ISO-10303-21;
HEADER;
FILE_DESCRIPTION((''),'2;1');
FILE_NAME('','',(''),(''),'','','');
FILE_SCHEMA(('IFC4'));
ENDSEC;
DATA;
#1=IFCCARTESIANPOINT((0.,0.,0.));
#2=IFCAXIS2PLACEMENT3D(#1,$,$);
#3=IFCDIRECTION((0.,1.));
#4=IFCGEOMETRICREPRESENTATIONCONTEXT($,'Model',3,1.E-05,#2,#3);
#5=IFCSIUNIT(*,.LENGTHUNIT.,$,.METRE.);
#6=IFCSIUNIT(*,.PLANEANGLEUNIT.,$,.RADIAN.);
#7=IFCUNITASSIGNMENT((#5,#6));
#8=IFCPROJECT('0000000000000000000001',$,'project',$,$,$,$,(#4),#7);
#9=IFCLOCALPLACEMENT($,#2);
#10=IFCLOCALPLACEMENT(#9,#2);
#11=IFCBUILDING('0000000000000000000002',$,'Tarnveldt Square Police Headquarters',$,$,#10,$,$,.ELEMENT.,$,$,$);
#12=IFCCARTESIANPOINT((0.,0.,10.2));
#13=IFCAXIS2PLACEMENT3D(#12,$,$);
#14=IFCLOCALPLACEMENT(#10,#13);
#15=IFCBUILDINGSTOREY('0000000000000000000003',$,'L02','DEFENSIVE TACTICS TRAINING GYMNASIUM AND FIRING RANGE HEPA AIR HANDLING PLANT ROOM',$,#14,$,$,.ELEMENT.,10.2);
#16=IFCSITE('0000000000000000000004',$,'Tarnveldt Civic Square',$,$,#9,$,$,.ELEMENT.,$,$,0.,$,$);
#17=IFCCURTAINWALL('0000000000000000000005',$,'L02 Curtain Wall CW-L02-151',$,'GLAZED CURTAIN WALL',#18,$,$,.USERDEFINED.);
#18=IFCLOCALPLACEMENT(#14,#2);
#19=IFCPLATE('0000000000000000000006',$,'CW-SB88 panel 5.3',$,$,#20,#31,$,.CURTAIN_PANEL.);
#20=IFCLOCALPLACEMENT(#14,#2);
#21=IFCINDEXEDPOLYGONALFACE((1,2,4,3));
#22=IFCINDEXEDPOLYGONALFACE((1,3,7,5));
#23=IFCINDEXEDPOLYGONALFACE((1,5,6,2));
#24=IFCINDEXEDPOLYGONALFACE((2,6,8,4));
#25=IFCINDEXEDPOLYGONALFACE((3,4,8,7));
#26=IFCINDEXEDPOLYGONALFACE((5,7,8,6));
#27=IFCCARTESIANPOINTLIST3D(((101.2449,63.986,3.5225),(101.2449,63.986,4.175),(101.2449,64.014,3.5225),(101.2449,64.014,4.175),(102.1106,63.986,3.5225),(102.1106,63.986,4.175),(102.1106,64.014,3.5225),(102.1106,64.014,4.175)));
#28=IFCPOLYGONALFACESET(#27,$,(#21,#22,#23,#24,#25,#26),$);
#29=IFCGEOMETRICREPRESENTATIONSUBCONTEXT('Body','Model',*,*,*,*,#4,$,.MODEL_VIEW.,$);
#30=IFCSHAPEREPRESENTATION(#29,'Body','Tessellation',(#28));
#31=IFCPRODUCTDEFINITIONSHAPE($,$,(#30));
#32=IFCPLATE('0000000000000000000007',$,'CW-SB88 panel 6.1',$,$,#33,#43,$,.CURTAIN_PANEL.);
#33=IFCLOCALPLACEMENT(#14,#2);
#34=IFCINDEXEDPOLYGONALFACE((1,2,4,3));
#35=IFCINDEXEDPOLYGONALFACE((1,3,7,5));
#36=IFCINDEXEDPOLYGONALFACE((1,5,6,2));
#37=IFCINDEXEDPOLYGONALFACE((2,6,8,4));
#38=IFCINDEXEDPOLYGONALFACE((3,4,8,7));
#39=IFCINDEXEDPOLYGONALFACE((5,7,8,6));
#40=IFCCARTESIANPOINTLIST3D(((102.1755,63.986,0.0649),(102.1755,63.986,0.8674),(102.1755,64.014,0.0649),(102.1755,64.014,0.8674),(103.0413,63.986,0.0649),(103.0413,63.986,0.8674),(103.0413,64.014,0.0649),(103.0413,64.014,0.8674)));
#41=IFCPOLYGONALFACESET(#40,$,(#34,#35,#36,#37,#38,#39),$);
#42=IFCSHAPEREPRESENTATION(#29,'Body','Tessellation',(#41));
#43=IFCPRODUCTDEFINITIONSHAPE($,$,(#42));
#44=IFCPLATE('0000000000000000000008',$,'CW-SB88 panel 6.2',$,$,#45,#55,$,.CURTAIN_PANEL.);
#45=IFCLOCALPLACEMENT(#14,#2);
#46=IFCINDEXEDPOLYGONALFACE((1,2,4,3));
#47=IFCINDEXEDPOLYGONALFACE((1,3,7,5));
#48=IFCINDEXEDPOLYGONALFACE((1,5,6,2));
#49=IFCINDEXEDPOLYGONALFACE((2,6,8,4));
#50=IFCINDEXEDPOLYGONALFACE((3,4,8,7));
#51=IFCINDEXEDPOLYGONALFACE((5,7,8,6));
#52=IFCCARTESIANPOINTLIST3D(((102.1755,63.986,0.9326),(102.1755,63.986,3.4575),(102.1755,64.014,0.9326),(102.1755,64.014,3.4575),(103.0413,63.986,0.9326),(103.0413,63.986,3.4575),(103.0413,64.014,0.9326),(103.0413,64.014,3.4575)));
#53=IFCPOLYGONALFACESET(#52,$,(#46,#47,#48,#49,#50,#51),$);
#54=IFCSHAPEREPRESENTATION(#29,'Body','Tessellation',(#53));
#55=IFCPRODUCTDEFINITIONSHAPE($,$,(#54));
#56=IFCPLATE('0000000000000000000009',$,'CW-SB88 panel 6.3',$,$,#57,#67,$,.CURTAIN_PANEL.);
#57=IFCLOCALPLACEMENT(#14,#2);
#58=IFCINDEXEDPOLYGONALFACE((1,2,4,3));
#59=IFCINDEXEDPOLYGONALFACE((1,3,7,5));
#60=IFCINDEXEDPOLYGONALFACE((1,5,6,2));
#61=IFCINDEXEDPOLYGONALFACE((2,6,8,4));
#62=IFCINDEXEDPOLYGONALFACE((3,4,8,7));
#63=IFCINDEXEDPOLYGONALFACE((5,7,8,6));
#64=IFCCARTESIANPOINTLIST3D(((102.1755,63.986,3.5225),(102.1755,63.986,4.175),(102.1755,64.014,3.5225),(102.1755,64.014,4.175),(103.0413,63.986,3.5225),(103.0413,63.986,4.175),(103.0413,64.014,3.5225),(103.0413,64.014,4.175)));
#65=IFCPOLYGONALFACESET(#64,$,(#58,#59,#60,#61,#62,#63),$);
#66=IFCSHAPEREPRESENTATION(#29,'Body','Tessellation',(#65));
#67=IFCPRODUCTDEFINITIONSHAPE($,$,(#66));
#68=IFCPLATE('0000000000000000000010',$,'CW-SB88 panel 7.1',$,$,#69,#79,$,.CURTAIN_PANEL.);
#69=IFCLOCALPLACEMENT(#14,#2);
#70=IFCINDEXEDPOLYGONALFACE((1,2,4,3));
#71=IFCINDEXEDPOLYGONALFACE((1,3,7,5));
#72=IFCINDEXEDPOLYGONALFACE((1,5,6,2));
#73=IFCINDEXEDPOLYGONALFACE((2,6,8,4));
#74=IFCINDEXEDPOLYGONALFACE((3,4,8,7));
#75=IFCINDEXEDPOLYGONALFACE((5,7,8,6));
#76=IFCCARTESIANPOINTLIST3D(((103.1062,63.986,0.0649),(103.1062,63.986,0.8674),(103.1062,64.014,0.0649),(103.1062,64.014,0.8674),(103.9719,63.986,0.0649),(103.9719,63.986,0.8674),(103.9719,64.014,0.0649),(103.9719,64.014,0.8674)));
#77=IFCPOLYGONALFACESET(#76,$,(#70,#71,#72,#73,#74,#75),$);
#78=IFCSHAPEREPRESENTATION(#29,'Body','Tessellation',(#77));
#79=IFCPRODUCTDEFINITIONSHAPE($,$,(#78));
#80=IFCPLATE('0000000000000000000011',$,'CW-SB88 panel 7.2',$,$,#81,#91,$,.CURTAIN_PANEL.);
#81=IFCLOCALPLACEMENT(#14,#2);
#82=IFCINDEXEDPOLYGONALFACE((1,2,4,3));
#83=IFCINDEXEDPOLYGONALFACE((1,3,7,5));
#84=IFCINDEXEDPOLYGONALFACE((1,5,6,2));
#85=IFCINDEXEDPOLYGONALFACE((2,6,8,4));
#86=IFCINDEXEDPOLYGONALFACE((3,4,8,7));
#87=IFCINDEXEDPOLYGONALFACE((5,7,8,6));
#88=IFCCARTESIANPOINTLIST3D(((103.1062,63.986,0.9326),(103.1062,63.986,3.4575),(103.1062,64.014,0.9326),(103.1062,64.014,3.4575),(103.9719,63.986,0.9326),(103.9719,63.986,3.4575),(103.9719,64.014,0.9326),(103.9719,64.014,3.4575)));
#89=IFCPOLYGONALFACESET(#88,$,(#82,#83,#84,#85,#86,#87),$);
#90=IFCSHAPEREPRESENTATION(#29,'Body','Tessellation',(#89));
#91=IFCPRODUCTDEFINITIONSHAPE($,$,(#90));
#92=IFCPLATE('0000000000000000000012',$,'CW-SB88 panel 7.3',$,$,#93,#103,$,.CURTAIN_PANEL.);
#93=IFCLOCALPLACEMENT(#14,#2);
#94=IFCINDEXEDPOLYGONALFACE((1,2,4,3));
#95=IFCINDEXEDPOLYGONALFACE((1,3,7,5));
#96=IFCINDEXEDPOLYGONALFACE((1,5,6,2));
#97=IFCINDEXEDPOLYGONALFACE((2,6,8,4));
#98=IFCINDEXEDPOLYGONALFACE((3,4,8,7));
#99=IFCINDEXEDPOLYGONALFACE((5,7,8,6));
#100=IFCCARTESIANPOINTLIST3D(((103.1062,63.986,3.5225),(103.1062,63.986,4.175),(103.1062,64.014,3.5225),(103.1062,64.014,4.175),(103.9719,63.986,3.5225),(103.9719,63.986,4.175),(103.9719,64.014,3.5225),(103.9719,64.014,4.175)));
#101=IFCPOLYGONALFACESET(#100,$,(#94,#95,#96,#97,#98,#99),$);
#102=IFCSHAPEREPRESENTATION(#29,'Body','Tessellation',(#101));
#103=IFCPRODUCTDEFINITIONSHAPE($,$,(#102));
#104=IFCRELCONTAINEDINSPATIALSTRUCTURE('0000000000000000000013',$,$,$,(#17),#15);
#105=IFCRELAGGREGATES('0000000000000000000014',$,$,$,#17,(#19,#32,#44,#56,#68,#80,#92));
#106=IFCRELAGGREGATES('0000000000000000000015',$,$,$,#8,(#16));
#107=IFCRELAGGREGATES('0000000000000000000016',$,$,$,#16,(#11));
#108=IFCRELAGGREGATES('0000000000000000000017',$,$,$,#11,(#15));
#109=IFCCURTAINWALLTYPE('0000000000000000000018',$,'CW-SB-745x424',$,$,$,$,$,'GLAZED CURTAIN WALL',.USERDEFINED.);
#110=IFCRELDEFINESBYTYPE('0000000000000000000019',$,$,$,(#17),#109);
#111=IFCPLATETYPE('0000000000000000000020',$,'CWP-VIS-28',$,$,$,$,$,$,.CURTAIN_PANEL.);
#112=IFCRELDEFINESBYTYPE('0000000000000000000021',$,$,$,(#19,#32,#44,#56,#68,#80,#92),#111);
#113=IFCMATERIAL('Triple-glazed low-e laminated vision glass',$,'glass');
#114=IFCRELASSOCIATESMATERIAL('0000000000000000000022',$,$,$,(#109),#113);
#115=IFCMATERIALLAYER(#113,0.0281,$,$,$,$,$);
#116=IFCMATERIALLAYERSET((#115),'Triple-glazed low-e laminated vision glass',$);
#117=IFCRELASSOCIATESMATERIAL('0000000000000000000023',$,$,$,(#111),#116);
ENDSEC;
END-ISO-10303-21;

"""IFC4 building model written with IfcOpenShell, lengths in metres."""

from ifc_helpers import new_model, si_unit, direction, frame, origin, origin_2d, place, context, subcontext, project, spatial, rectangle, extrude, material, layer, layer_set, type_object, element, aggregate, save


model = new_model("IFC4")

# Units and contexts
model_context = context("Model", 3, precision=1e-05, world=origin(), true_north=direction((0.0, 1.0)))
body_context = subcontext(model_context, "Body", "Model", "MODEL_VIEW")
ifc_project = project(units=[si_unit("LENGTHUNIT", "METRE"), si_unit("PLANEANGLEUNIT", "RADIAN")], contexts=[model_context])

# Site, building, storey
site_placement = place(None, origin())
site = spatial("IfcSite", under=ifc_project, at=site_placement, Name="Tarnveldt Civic Square", CompositionType="ELEMENT", RefElevation=0.0)
building_placement = place(site_placement, origin())
building = spatial("IfcBuilding", under=site, at=building_placement, Name="Tarnveldt Square Police Headquarters", CompositionType="ELEMENT")
storey_placement = place(building_placement, frame((0.0, 0.0, 10.2)))
storey = spatial("IfcBuildingStorey", under=building, at=storey_placement, Name="L02", Description="DEFENSIVE TACTICS TRAINING GYMNASIUM AND FIRING RANGE HEPA AIR HANDLING PLANT ROOM", CompositionType="ELEMENT", Elevation=10.2)

# Curtain wall, plates
ifc_material_1 = material(Name="Triple-glazed low-e laminated vision glass", Category="glass")
curtain_wall_type = type_object("IfcCurtainWallType", Name="CW-SB-745x424", ElementType="GLAZED CURTAIN WALL", PredefinedType="USERDEFINED", material=ifc_material_1)
curtain_wall_placement = place(storey_placement, origin())
curtain_wall = element("IfcCurtainWall", 1, at=curtain_wall_placement, inside=storey, type_object=curtain_wall_type, Name="L02 Curtain Wall CW-L02-151", ObjectType="GLAZED CURTAIN WALL", PredefinedType="USERDEFINED")
ifc_layer = layer(ifc_material_1, 0.0281)
ifc_layer_set = layer_set([ifc_layer], Name="Triple-glazed low-e laminated vision glass")
plate_type = type_object("IfcPlateType", Name="CWP-VIS-28", PredefinedType="CURTAIN_PANEL", material=ifc_layer_set)
plate_1_placement = place(storey_placement, frame((101.6777, 64.0, 3.5225), z_axis=(0.0, 0.0, 1.0), x_axis=(1.0, 0.0, 0.0)))
plate_1 = element("IfcPlate", 2, at=plate_1_placement, type_object=plate_type, Name="CW-SB88 panel 5.3", PredefinedType="CURTAIN_PANEL", context=body_context, shape_type="SweptSolid", body=[
    extrude(rectangle(XDim=0.8657, YDim=0.0281, at=origin_2d()), origin(), (0.0, 0.0, 1.0), 0.6526),
])
plate_2_placement = place(storey_placement, frame((102.6084, 64.0, 0.0649), z_axis=(0.0, 0.0, 1.0), x_axis=(1.0, 0.0, 0.0)))
plate_2 = element("IfcPlate", 3, at=plate_2_placement, type_object=plate_type, Name="CW-SB88 panel 6.1", PredefinedType="CURTAIN_PANEL", context=body_context, shape_type="SweptSolid", body=[
    extrude(rectangle(XDim=0.8657, YDim=0.0281, at=origin_2d()), origin(), (0.0, 0.0, 1.0), 0.8025),
])
plate_3_placement = place(storey_placement, frame((102.6084, 64.0, 0.9326), z_axis=(0.0, 0.0, 1.0), x_axis=(1.0, 0.0, 0.0)))
plate_3 = element("IfcPlate", 4, at=plate_3_placement, type_object=plate_type, Name="CW-SB88 panel 6.2", PredefinedType="CURTAIN_PANEL", context=body_context, shape_type="SweptSolid", body=[
    extrude(rectangle(XDim=0.8657, YDim=0.0281, at=origin_2d()), origin(), (0.0, 0.0, 1.0), 2.5249),
])
plate_4_placement = place(storey_placement, frame((102.6084, 64.0, 3.5225), z_axis=(0.0, 0.0, 1.0), x_axis=(1.0, 0.0, 0.0)))
plate_4 = element("IfcPlate", 5, at=plate_4_placement, type_object=plate_type, Name="CW-SB88 panel 6.3", PredefinedType="CURTAIN_PANEL", context=body_context, shape_type="SweptSolid", body=[
    extrude(rectangle(XDim=0.8657, YDim=0.0281, at=origin_2d()), origin(), (0.0, 0.0, 1.0), 0.6526),
])
plate_5_placement = place(storey_placement, frame((103.5391, 64.0, 0.0649), z_axis=(0.0, 0.0, 1.0), x_axis=(1.0, 0.0, 0.0)))
plate_5 = element("IfcPlate", 6, at=plate_5_placement, type_object=plate_type, Name="CW-SB88 panel 7.1", PredefinedType="CURTAIN_PANEL", context=body_context, shape_type="SweptSolid", body=[
    extrude(rectangle(XDim=0.8657, YDim=0.0281, at=origin_2d()), origin(), (0.0, 0.0, 1.0), 0.8025),
])
plate_6_placement = place(storey_placement, frame((103.5391, 64.0, 0.9326), z_axis=(0.0, 0.0, 1.0), x_axis=(1.0, 0.0, 0.0)))
plate_6 = element("IfcPlate", 7, at=plate_6_placement, type_object=plate_type, Name="CW-SB88 panel 7.2", PredefinedType="CURTAIN_PANEL", context=body_context, shape_type="SweptSolid", body=[
    extrude(rectangle(XDim=0.8657, YDim=0.0281, at=origin_2d()), origin(), (0.0, 0.0, 1.0), 2.5249),
])
plate_7_placement = place(storey_placement, frame((103.5391, 64.0, 3.5225), z_axis=(0.0, 0.0, 1.0), x_axis=(1.0, 0.0, 0.0)))
plate_7 = element("IfcPlate", 8, at=plate_7_placement, type_object=plate_type, Name="CW-SB88 panel 7.3", PredefinedType="CURTAIN_PANEL", context=body_context, shape_type="SweptSolid", body=[
    extrude(rectangle(XDim=0.8657, YDim=0.0281, at=origin_2d()), origin(), (0.0, 0.0, 1.0), 0.6526),
])
aggregate(curtain_wall, [plate_1, plate_2, plate_3, plate_4, plate_5, plate_6, plate_7])

save(model, "model.ifc")
